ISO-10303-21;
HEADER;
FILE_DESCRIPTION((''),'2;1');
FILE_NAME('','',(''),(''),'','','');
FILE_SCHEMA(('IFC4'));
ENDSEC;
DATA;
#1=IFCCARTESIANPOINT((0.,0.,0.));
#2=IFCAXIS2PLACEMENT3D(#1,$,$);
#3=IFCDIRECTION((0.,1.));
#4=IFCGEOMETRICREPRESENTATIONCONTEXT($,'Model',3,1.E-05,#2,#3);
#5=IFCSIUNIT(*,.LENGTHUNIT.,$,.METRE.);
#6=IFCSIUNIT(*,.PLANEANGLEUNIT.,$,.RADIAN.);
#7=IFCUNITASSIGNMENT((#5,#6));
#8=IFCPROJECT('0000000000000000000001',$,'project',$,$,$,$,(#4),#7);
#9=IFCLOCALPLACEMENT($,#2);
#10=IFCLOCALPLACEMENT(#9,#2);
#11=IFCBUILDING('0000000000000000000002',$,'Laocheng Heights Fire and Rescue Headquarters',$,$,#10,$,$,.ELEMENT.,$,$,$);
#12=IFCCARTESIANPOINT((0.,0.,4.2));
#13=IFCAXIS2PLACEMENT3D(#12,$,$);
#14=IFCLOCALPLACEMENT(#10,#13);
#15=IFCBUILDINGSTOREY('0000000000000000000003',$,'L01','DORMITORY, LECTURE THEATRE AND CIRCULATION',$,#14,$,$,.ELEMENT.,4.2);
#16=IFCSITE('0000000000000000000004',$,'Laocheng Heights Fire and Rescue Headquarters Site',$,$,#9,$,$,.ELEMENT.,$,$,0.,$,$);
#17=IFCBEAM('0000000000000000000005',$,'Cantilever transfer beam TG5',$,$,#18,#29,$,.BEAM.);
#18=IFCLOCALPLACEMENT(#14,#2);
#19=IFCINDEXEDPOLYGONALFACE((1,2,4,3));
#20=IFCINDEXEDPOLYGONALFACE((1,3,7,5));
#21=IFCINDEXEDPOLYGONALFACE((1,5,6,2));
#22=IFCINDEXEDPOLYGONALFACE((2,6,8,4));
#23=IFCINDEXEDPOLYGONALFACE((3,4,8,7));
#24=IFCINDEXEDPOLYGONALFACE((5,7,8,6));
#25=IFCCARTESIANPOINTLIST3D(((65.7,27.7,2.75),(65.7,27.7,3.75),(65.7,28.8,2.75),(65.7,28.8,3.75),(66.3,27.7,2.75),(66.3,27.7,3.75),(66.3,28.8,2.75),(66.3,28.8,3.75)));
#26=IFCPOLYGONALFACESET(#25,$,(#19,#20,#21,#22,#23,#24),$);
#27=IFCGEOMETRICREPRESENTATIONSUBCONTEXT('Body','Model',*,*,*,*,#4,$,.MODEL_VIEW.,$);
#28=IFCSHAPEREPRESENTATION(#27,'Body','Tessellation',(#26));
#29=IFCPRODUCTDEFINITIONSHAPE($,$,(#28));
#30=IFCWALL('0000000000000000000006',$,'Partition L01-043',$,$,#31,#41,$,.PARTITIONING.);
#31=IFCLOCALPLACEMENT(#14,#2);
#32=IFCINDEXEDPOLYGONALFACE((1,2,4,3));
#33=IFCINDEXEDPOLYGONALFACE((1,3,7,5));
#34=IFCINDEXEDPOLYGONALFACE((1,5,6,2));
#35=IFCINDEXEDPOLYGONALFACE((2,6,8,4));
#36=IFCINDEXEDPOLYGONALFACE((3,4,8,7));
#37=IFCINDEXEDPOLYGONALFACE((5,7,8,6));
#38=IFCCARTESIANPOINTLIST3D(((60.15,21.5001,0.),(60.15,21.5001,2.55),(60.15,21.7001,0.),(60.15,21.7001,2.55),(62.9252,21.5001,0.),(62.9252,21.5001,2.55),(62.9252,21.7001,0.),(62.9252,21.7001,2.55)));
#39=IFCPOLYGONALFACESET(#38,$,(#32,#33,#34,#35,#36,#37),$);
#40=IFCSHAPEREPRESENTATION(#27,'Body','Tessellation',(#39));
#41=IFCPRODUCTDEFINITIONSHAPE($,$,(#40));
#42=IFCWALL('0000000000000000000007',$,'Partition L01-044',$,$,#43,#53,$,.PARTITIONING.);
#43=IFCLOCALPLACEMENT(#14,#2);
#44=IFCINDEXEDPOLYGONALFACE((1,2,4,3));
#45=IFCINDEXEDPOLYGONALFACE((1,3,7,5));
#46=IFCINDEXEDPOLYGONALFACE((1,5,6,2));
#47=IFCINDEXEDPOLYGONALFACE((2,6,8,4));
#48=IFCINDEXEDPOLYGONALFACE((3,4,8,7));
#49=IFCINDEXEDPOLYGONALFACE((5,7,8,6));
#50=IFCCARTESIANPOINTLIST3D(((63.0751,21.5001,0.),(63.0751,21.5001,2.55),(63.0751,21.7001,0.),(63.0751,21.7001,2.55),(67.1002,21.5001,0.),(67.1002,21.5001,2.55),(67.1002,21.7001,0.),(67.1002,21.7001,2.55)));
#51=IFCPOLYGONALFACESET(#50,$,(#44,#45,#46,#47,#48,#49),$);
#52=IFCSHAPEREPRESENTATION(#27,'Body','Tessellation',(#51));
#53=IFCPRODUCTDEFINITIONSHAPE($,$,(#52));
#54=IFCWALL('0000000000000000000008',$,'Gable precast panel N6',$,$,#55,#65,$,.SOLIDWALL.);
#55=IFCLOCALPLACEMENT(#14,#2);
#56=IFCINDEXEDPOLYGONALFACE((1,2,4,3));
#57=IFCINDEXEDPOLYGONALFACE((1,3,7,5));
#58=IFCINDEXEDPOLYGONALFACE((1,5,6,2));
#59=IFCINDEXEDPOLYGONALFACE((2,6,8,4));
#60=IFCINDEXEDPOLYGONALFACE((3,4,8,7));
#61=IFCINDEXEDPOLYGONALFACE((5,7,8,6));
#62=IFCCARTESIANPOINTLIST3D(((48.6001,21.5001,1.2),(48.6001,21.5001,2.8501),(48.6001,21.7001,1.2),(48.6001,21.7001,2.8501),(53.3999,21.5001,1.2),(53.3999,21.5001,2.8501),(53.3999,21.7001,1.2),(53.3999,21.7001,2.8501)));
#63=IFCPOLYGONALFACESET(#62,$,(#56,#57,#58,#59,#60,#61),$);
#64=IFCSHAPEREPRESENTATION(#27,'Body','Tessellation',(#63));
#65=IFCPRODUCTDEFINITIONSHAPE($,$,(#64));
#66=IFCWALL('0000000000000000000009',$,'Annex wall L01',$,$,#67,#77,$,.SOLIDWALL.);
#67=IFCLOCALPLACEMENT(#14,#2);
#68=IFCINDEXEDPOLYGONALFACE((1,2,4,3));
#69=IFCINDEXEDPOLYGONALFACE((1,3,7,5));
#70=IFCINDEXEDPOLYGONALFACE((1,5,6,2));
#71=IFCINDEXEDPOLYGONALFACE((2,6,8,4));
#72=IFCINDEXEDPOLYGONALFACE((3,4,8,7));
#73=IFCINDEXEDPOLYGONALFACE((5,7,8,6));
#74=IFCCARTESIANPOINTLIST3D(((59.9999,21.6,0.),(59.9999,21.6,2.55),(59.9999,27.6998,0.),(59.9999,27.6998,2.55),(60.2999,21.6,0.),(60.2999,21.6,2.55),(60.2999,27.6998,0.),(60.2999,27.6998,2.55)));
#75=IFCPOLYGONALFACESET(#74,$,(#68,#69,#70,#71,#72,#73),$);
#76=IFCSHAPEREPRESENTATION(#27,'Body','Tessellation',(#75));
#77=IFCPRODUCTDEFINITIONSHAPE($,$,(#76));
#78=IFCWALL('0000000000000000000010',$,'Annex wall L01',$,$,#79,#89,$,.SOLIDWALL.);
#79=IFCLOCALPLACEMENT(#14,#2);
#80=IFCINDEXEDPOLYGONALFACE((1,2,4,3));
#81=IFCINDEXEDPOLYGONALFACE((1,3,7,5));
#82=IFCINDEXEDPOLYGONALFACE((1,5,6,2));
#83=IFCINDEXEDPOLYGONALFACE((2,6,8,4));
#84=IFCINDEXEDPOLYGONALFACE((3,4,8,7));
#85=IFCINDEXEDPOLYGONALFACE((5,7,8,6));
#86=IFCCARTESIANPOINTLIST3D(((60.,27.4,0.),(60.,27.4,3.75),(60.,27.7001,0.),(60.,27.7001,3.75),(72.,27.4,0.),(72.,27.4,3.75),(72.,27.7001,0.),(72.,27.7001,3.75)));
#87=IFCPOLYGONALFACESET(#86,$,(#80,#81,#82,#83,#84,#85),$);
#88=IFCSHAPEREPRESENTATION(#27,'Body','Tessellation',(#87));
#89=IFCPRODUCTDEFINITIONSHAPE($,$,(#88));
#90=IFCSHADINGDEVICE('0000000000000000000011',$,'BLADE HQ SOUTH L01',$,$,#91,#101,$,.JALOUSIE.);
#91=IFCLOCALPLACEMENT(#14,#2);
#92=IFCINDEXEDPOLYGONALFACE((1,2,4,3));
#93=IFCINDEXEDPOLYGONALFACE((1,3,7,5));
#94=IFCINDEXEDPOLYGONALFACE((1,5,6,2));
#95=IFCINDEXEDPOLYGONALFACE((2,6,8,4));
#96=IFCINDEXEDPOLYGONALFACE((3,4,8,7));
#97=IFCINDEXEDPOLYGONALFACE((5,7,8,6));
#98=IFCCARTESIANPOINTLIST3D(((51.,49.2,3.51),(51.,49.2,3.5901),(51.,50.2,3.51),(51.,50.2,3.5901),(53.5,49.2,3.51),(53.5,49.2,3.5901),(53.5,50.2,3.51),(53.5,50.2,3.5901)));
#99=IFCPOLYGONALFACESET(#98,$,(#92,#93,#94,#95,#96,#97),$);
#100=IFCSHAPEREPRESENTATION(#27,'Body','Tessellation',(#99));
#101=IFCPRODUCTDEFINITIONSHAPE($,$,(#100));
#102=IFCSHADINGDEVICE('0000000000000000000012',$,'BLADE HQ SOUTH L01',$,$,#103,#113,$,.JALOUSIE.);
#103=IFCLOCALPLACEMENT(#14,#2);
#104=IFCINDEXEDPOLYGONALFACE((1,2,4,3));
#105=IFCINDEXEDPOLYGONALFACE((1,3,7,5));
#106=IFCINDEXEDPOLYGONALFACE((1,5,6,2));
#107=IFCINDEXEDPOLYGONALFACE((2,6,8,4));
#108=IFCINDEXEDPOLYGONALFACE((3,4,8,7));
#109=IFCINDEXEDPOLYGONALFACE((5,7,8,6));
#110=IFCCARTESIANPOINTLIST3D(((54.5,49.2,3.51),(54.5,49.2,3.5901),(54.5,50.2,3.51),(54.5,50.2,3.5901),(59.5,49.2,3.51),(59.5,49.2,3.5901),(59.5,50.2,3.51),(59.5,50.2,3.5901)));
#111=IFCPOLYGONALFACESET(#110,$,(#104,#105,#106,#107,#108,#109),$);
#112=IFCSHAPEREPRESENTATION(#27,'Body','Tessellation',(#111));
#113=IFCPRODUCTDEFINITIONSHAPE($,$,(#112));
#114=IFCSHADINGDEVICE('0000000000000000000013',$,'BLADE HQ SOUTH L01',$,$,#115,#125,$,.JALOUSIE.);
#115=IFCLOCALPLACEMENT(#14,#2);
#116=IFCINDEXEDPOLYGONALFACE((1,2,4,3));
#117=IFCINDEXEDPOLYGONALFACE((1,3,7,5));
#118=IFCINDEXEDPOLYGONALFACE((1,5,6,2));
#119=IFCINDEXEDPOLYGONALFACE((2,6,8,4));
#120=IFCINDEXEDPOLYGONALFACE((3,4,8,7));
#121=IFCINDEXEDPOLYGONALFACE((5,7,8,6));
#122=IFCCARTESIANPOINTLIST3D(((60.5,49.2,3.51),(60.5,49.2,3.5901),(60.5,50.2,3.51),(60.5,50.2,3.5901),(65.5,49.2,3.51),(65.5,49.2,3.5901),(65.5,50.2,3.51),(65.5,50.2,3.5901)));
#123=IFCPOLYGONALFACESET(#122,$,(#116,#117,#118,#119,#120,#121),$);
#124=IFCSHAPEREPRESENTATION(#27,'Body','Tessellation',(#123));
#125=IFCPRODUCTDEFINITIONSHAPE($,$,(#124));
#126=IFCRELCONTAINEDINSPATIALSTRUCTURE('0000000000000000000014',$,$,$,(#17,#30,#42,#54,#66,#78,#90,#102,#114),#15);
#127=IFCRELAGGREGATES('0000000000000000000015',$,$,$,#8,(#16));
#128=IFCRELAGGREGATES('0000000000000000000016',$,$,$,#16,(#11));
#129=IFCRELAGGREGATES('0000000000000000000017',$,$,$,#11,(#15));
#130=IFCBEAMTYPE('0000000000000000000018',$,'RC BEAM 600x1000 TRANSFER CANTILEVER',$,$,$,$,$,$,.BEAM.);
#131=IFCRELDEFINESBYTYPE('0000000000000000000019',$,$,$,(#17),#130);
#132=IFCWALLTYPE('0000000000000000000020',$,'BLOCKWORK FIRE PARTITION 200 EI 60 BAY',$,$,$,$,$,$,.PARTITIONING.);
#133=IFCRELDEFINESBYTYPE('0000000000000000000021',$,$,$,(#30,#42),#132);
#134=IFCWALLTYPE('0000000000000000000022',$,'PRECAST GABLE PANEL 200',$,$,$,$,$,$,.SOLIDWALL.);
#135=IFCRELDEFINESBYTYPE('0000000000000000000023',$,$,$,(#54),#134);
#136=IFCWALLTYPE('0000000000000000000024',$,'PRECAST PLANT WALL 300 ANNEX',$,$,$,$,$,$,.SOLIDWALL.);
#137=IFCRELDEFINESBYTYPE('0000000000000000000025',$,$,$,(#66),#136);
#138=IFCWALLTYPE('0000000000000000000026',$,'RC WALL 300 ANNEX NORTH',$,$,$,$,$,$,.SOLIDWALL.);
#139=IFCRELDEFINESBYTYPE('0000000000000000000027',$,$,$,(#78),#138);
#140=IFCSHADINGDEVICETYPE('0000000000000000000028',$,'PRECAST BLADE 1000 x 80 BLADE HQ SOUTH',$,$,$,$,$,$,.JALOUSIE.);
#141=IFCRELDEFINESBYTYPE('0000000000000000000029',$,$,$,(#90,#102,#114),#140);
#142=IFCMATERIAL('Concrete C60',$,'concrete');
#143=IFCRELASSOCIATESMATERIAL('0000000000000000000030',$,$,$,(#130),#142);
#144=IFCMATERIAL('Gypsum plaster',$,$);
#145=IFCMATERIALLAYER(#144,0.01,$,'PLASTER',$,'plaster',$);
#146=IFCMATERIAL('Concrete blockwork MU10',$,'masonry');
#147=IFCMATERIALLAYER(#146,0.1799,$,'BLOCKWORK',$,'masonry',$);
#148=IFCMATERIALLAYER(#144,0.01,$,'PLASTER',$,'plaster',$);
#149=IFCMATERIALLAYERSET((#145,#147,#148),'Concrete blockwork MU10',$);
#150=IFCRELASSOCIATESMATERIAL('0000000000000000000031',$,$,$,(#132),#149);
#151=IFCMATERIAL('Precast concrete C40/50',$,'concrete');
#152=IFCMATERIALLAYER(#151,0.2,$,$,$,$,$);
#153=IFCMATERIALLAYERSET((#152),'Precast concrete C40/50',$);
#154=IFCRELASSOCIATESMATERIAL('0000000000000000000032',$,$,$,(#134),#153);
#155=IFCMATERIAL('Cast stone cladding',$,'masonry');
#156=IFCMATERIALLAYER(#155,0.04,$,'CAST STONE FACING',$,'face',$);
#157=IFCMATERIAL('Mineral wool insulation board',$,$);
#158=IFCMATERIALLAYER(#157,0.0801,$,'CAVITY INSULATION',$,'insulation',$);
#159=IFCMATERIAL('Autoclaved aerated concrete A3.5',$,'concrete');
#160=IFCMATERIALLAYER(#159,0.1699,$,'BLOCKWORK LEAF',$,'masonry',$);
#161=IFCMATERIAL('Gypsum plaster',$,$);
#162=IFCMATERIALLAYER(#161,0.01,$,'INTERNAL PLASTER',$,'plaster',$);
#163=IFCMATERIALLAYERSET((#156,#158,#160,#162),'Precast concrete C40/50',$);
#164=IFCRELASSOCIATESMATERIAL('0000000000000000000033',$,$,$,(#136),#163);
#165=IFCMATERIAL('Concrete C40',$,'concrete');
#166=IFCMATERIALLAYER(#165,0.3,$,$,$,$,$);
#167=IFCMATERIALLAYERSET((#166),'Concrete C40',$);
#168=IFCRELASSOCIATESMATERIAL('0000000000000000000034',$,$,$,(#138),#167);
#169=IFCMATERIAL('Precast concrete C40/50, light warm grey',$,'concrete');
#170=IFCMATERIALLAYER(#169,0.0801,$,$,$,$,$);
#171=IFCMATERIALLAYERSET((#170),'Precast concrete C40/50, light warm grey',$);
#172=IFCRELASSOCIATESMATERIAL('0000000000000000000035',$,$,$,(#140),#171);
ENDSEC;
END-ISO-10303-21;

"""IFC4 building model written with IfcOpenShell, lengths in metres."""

from ifc_helpers import new_model, si_unit, direction, frame, frame_2d, origin, origin_2d, place, context, subcontext, project, spatial, rectangle, extrude, material, layer, layer_set, material_profile, profile_set, type_object, element, save


model = new_model("IFC4")

# Units and contexts
model_context = context("Model", 3, precision=1e-05, world=origin(), true_north=direction((0.0, 1.0)))
body_context = subcontext(model_context, "Body", "Model", "MODEL_VIEW")
ifc_project = project(units=[si_unit("LENGTHUNIT", "METRE"), si_unit("PLANEANGLEUNIT", "RADIAN")], contexts=[model_context])

# Site, building, storey
site_placement = place(None, origin())
site = spatial("IfcSite", under=ifc_project, at=site_placement, Name="Laocheng Heights Fire and Rescue Headquarters Site", CompositionType="ELEMENT", RefElevation=0.0)
building_placement = place(site_placement, origin())
building = spatial("IfcBuilding", under=site, at=building_placement, Name="Laocheng Heights Fire and Rescue Headquarters", CompositionType="ELEMENT")
storey_placement = place(building_placement, frame((0.0, 0.0, 4.2)))
storey = spatial("IfcBuildingStorey", under=building, at=storey_placement, Name="L01", Description="DORMITORY, LECTURE THEATRE AND CIRCULATION", CompositionType="ELEMENT", Elevation=4.2)

# Beam
ifc_material_1 = material(Name="Concrete C60", Category="concrete")
ifc_material_profile_1 = material_profile(ifc_material_1, rectangle(XDim=0.6001, YDim=1.0, at=origin_2d()), Name="RC BEAM 600x1000 TRANSFER CANTILEVER")
ifc_profile_set_1 = profile_set([ifc_material_profile_1], Name="Concrete C60")
beam_type_1 = type_object("IfcBeamType", Name="RC BEAM 600x1000 TRANSFER CANTILEVER", PredefinedType="BEAM", material=ifc_profile_set_1)
for number, where, z_axis, x_axis, name in (
    (1, (66.0, 27.7, 3.25), (0.0, 1.0, 0.0), (-1.0, 0.0, 0.0), "Cantilever transfer beam TG5"),
):
    element("IfcBeam", number, at=place(storey_placement, frame(where, z_axis=z_axis, x_axis=x_axis)), inside=storey, type_object=beam_type_1, Name=name, PredefinedType="BEAM", context=body_context, shape_type="SweptSolid", body=[
        extrude(rectangle(XDim=0.6001, YDim=1.0, at=origin_2d()), origin(), (0.0, 0.0, 1.0), 1.1001),
    ])

# Walls
ifc_material_2 = material(Name="Gypsum plaster")
ifc_layer_1 = layer(ifc_material_2, 0.01, Name="PLASTER", Category="plaster")
ifc_material_3 = material(Name="Concrete blockwork MU10", Category="masonry")
ifc_layer_2 = layer(ifc_material_3, 0.1799, Name="BLOCKWORK", Category="masonry")
ifc_layer_3 = layer(ifc_material_2, 0.01, Name="PLASTER", Category="plaster")
ifc_layer_set_1 = layer_set([ifc_layer_1, ifc_layer_2, ifc_layer_3], Name="Concrete blockwork MU10")
wall_type_1 = type_object("IfcWallType", Name="BLOCKWORK FIRE PARTITION 200 EI 60 BAY", PredefinedType="PARTITIONING", material=ifc_layer_set_1)
wall_1_placement = place(storey_placement, frame((60.1499, 21.6001, 0.0), z_axis=(0.0, 0.0, 1.0), x_axis=(1.0, 0.0, 0.0)))
element("IfcWall", 2, at=wall_1_placement, inside=storey, type_object=wall_type_1, Name="Partition L01-043", PredefinedType="PARTITIONING", context=body_context, shape_type="SweptSolid", body=[
    extrude(rectangle(XDim=2.7751, YDim=0.2, at=frame_2d((1.3877, 0.0))), origin(), (0.0, 0.0, 1.0), 2.55),
])
wall_2_placement = place(storey_placement, frame((63.075, 21.6001, 0.0), z_axis=(0.0, 0.0, 1.0), x_axis=(1.0, 0.0, 0.0)))
element("IfcWall", 3, at=wall_2_placement, inside=storey, type_object=wall_type_1, Name="Partition L01-044", PredefinedType="PARTITIONING", context=body_context, shape_type="SweptSolid", body=[
    extrude(rectangle(XDim=4.0251, YDim=0.2, at=frame_2d((2.0127, 0.0))), origin(), (0.0, 0.0, 1.0), 2.55),
])
ifc_material_4 = material(Name="Precast concrete C40/50", Category="concrete")
ifc_layer_4 = layer(ifc_material_4, 0.2)
ifc_layer_set_2 = layer_set([ifc_layer_4], Name="Precast concrete C40/50")
wall_type_2 = type_object("IfcWallType", Name="PRECAST GABLE PANEL 200", PredefinedType="SOLIDWALL", material=ifc_layer_set_2)
wall_3_placement = place(storey_placement, frame((48.6001, 21.6001, 1.2), z_axis=(0.0, 0.0, 1.0), x_axis=(1.0, 0.0, 0.0)))
element("IfcWall", 4, at=wall_3_placement, inside=storey, type_object=wall_type_2, Name="Gable precast panel N6", PredefinedType="SOLIDWALL", context=body_context, shape_type="SweptSolid", body=[
    extrude(rectangle(XDim=4.7998, YDim=0.2, at=frame_2d((2.3999, 0.0))), origin(), (0.0, 0.0, 1.0), 1.6501),
])
ifc_material_5 = material(Name="Cast stone cladding", Category="masonry")
ifc_layer_5 = layer(ifc_material_5, 0.04, Name="CAST STONE FACING", Category="face")
ifc_material_6 = material(Name="Mineral wool insulation board")
ifc_layer_6 = layer(ifc_material_6, 0.0801, Name="CAVITY INSULATION", Category="insulation")
ifc_material_7 = material(Name="Autoclaved aerated concrete A3.5", Category="concrete")
ifc_layer_7 = layer(ifc_material_7, 0.1699, Name="BLOCKWORK LEAF", Category="masonry")
ifc_material_8 = material(Name="Gypsum plaster")
ifc_layer_8 = layer(ifc_material_8, 0.01, Name="INTERNAL PLASTER", Category="plaster")
ifc_layer_set_3 = layer_set([ifc_layer_5, ifc_layer_6, ifc_layer_7, ifc_layer_8], Name="Precast concrete C40/50")
wall_type_3 = type_object("IfcWallType", Name="PRECAST PLANT WALL 300 ANNEX", PredefinedType="SOLIDWALL", material=ifc_layer_set_3)
wall_4_placement = place(storey_placement, frame((60.1499, 21.6001, 0.0), z_axis=(0.0, 0.0, 1.0), x_axis=(0.0, 1.0, 0.0)))
element("IfcWall", 5, at=wall_4_placement, inside=storey, type_object=wall_type_3, Name="Annex wall L01", PredefinedType="SOLIDWALL", context=body_context, shape_type="SweptSolid", body=[
    extrude(rectangle(XDim=6.0999, YDim=0.3, at=frame_2d((3.0498, 0.0))), origin(), (0.0, 0.0, 1.0), 2.55),
])
ifc_material_9 = material(Name="Concrete C40", Category="concrete")
ifc_layer_9 = layer(ifc_material_9, 0.3)
ifc_layer_set_4 = layer_set([ifc_layer_9], Name="Concrete C40")
wall_type_4 = type_object("IfcWallType", Name="RC WALL 300 ANNEX NORTH", PredefinedType="SOLIDWALL", material=ifc_layer_set_4)
wall_5_placement = place(storey_placement, frame((60.0, 27.55, 0.0), z_axis=(0.0, 0.0, 1.0), x_axis=(1.0, 0.0, 0.0)))
element("IfcWall", 6, at=wall_5_placement, inside=storey, type_object=wall_type_4, Name="Annex wall L01", PredefinedType="SOLIDWALL", context=body_context, shape_type="SweptSolid", body=[
    extrude(rectangle(XDim=12.0, YDim=0.3, at=frame_2d((6.0, 0.0))), origin(), (0.0, 0.0, 1.0), 3.75),
])

# Shading devices
ifc_material_10 = material(Name="Precast concrete C40/50, light warm grey", Category="concrete")
ifc_layer_10 = layer(ifc_material_10, 0.0801)
ifc_layer_set_5 = layer_set([ifc_layer_10], Name="Precast concrete C40/50, light warm grey")
shading_device_type = type_object("IfcShadingDeviceType", Name="PRECAST BLADE 1000 x 80 BLADE HQ SOUTH", PredefinedType="JALOUSIE", material=ifc_layer_set_5)
shading_device_placement = place(storey_placement, frame((52.25, 49.7, 3.51), z_axis=(0.0, 0.0, 1.0), x_axis=(1.0, 0.0, 0.0)))
element("IfcShadingDevice", 7, at=shading_device_placement, inside=storey, type_object=shading_device_type, Name="BLADE HQ SOUTH L01", PredefinedType="JALOUSIE", context=body_context, shape_type="SweptSolid", body=[
    extrude(rectangle(XDim=2.5, YDim=1.0, at=origin_2d()), origin(), (0.0, 0.0, 1.0), 0.0801),
])
for number, where, z_axis, x_axis, name in (
    (8, (57.0, 49.7, 3.51), (0.0, 0.0, 1.0), (1.0, 0.0, 0.0), "BLADE HQ SOUTH L01"),
    (9, (63.0, 49.7, 3.51), (0.0, 0.0, 1.0), (1.0, 0.0, 0.0), "BLADE HQ SOUTH L01"),
):
    element("IfcShadingDevice", number, at=place(storey_placement, frame(where, z_axis=z_axis, x_axis=x_axis)), inside=storey, type_object=shading_device_type, Name=name, PredefinedType="JALOUSIE", context=body_context, shape_type="SweptSolid", body=[
        extrude(rectangle(XDim=5.0, YDim=1.0, at=origin_2d()), origin(), (0.0, 0.0, 1.0), 0.0801),
    ])

save(model, "model.ifc")
